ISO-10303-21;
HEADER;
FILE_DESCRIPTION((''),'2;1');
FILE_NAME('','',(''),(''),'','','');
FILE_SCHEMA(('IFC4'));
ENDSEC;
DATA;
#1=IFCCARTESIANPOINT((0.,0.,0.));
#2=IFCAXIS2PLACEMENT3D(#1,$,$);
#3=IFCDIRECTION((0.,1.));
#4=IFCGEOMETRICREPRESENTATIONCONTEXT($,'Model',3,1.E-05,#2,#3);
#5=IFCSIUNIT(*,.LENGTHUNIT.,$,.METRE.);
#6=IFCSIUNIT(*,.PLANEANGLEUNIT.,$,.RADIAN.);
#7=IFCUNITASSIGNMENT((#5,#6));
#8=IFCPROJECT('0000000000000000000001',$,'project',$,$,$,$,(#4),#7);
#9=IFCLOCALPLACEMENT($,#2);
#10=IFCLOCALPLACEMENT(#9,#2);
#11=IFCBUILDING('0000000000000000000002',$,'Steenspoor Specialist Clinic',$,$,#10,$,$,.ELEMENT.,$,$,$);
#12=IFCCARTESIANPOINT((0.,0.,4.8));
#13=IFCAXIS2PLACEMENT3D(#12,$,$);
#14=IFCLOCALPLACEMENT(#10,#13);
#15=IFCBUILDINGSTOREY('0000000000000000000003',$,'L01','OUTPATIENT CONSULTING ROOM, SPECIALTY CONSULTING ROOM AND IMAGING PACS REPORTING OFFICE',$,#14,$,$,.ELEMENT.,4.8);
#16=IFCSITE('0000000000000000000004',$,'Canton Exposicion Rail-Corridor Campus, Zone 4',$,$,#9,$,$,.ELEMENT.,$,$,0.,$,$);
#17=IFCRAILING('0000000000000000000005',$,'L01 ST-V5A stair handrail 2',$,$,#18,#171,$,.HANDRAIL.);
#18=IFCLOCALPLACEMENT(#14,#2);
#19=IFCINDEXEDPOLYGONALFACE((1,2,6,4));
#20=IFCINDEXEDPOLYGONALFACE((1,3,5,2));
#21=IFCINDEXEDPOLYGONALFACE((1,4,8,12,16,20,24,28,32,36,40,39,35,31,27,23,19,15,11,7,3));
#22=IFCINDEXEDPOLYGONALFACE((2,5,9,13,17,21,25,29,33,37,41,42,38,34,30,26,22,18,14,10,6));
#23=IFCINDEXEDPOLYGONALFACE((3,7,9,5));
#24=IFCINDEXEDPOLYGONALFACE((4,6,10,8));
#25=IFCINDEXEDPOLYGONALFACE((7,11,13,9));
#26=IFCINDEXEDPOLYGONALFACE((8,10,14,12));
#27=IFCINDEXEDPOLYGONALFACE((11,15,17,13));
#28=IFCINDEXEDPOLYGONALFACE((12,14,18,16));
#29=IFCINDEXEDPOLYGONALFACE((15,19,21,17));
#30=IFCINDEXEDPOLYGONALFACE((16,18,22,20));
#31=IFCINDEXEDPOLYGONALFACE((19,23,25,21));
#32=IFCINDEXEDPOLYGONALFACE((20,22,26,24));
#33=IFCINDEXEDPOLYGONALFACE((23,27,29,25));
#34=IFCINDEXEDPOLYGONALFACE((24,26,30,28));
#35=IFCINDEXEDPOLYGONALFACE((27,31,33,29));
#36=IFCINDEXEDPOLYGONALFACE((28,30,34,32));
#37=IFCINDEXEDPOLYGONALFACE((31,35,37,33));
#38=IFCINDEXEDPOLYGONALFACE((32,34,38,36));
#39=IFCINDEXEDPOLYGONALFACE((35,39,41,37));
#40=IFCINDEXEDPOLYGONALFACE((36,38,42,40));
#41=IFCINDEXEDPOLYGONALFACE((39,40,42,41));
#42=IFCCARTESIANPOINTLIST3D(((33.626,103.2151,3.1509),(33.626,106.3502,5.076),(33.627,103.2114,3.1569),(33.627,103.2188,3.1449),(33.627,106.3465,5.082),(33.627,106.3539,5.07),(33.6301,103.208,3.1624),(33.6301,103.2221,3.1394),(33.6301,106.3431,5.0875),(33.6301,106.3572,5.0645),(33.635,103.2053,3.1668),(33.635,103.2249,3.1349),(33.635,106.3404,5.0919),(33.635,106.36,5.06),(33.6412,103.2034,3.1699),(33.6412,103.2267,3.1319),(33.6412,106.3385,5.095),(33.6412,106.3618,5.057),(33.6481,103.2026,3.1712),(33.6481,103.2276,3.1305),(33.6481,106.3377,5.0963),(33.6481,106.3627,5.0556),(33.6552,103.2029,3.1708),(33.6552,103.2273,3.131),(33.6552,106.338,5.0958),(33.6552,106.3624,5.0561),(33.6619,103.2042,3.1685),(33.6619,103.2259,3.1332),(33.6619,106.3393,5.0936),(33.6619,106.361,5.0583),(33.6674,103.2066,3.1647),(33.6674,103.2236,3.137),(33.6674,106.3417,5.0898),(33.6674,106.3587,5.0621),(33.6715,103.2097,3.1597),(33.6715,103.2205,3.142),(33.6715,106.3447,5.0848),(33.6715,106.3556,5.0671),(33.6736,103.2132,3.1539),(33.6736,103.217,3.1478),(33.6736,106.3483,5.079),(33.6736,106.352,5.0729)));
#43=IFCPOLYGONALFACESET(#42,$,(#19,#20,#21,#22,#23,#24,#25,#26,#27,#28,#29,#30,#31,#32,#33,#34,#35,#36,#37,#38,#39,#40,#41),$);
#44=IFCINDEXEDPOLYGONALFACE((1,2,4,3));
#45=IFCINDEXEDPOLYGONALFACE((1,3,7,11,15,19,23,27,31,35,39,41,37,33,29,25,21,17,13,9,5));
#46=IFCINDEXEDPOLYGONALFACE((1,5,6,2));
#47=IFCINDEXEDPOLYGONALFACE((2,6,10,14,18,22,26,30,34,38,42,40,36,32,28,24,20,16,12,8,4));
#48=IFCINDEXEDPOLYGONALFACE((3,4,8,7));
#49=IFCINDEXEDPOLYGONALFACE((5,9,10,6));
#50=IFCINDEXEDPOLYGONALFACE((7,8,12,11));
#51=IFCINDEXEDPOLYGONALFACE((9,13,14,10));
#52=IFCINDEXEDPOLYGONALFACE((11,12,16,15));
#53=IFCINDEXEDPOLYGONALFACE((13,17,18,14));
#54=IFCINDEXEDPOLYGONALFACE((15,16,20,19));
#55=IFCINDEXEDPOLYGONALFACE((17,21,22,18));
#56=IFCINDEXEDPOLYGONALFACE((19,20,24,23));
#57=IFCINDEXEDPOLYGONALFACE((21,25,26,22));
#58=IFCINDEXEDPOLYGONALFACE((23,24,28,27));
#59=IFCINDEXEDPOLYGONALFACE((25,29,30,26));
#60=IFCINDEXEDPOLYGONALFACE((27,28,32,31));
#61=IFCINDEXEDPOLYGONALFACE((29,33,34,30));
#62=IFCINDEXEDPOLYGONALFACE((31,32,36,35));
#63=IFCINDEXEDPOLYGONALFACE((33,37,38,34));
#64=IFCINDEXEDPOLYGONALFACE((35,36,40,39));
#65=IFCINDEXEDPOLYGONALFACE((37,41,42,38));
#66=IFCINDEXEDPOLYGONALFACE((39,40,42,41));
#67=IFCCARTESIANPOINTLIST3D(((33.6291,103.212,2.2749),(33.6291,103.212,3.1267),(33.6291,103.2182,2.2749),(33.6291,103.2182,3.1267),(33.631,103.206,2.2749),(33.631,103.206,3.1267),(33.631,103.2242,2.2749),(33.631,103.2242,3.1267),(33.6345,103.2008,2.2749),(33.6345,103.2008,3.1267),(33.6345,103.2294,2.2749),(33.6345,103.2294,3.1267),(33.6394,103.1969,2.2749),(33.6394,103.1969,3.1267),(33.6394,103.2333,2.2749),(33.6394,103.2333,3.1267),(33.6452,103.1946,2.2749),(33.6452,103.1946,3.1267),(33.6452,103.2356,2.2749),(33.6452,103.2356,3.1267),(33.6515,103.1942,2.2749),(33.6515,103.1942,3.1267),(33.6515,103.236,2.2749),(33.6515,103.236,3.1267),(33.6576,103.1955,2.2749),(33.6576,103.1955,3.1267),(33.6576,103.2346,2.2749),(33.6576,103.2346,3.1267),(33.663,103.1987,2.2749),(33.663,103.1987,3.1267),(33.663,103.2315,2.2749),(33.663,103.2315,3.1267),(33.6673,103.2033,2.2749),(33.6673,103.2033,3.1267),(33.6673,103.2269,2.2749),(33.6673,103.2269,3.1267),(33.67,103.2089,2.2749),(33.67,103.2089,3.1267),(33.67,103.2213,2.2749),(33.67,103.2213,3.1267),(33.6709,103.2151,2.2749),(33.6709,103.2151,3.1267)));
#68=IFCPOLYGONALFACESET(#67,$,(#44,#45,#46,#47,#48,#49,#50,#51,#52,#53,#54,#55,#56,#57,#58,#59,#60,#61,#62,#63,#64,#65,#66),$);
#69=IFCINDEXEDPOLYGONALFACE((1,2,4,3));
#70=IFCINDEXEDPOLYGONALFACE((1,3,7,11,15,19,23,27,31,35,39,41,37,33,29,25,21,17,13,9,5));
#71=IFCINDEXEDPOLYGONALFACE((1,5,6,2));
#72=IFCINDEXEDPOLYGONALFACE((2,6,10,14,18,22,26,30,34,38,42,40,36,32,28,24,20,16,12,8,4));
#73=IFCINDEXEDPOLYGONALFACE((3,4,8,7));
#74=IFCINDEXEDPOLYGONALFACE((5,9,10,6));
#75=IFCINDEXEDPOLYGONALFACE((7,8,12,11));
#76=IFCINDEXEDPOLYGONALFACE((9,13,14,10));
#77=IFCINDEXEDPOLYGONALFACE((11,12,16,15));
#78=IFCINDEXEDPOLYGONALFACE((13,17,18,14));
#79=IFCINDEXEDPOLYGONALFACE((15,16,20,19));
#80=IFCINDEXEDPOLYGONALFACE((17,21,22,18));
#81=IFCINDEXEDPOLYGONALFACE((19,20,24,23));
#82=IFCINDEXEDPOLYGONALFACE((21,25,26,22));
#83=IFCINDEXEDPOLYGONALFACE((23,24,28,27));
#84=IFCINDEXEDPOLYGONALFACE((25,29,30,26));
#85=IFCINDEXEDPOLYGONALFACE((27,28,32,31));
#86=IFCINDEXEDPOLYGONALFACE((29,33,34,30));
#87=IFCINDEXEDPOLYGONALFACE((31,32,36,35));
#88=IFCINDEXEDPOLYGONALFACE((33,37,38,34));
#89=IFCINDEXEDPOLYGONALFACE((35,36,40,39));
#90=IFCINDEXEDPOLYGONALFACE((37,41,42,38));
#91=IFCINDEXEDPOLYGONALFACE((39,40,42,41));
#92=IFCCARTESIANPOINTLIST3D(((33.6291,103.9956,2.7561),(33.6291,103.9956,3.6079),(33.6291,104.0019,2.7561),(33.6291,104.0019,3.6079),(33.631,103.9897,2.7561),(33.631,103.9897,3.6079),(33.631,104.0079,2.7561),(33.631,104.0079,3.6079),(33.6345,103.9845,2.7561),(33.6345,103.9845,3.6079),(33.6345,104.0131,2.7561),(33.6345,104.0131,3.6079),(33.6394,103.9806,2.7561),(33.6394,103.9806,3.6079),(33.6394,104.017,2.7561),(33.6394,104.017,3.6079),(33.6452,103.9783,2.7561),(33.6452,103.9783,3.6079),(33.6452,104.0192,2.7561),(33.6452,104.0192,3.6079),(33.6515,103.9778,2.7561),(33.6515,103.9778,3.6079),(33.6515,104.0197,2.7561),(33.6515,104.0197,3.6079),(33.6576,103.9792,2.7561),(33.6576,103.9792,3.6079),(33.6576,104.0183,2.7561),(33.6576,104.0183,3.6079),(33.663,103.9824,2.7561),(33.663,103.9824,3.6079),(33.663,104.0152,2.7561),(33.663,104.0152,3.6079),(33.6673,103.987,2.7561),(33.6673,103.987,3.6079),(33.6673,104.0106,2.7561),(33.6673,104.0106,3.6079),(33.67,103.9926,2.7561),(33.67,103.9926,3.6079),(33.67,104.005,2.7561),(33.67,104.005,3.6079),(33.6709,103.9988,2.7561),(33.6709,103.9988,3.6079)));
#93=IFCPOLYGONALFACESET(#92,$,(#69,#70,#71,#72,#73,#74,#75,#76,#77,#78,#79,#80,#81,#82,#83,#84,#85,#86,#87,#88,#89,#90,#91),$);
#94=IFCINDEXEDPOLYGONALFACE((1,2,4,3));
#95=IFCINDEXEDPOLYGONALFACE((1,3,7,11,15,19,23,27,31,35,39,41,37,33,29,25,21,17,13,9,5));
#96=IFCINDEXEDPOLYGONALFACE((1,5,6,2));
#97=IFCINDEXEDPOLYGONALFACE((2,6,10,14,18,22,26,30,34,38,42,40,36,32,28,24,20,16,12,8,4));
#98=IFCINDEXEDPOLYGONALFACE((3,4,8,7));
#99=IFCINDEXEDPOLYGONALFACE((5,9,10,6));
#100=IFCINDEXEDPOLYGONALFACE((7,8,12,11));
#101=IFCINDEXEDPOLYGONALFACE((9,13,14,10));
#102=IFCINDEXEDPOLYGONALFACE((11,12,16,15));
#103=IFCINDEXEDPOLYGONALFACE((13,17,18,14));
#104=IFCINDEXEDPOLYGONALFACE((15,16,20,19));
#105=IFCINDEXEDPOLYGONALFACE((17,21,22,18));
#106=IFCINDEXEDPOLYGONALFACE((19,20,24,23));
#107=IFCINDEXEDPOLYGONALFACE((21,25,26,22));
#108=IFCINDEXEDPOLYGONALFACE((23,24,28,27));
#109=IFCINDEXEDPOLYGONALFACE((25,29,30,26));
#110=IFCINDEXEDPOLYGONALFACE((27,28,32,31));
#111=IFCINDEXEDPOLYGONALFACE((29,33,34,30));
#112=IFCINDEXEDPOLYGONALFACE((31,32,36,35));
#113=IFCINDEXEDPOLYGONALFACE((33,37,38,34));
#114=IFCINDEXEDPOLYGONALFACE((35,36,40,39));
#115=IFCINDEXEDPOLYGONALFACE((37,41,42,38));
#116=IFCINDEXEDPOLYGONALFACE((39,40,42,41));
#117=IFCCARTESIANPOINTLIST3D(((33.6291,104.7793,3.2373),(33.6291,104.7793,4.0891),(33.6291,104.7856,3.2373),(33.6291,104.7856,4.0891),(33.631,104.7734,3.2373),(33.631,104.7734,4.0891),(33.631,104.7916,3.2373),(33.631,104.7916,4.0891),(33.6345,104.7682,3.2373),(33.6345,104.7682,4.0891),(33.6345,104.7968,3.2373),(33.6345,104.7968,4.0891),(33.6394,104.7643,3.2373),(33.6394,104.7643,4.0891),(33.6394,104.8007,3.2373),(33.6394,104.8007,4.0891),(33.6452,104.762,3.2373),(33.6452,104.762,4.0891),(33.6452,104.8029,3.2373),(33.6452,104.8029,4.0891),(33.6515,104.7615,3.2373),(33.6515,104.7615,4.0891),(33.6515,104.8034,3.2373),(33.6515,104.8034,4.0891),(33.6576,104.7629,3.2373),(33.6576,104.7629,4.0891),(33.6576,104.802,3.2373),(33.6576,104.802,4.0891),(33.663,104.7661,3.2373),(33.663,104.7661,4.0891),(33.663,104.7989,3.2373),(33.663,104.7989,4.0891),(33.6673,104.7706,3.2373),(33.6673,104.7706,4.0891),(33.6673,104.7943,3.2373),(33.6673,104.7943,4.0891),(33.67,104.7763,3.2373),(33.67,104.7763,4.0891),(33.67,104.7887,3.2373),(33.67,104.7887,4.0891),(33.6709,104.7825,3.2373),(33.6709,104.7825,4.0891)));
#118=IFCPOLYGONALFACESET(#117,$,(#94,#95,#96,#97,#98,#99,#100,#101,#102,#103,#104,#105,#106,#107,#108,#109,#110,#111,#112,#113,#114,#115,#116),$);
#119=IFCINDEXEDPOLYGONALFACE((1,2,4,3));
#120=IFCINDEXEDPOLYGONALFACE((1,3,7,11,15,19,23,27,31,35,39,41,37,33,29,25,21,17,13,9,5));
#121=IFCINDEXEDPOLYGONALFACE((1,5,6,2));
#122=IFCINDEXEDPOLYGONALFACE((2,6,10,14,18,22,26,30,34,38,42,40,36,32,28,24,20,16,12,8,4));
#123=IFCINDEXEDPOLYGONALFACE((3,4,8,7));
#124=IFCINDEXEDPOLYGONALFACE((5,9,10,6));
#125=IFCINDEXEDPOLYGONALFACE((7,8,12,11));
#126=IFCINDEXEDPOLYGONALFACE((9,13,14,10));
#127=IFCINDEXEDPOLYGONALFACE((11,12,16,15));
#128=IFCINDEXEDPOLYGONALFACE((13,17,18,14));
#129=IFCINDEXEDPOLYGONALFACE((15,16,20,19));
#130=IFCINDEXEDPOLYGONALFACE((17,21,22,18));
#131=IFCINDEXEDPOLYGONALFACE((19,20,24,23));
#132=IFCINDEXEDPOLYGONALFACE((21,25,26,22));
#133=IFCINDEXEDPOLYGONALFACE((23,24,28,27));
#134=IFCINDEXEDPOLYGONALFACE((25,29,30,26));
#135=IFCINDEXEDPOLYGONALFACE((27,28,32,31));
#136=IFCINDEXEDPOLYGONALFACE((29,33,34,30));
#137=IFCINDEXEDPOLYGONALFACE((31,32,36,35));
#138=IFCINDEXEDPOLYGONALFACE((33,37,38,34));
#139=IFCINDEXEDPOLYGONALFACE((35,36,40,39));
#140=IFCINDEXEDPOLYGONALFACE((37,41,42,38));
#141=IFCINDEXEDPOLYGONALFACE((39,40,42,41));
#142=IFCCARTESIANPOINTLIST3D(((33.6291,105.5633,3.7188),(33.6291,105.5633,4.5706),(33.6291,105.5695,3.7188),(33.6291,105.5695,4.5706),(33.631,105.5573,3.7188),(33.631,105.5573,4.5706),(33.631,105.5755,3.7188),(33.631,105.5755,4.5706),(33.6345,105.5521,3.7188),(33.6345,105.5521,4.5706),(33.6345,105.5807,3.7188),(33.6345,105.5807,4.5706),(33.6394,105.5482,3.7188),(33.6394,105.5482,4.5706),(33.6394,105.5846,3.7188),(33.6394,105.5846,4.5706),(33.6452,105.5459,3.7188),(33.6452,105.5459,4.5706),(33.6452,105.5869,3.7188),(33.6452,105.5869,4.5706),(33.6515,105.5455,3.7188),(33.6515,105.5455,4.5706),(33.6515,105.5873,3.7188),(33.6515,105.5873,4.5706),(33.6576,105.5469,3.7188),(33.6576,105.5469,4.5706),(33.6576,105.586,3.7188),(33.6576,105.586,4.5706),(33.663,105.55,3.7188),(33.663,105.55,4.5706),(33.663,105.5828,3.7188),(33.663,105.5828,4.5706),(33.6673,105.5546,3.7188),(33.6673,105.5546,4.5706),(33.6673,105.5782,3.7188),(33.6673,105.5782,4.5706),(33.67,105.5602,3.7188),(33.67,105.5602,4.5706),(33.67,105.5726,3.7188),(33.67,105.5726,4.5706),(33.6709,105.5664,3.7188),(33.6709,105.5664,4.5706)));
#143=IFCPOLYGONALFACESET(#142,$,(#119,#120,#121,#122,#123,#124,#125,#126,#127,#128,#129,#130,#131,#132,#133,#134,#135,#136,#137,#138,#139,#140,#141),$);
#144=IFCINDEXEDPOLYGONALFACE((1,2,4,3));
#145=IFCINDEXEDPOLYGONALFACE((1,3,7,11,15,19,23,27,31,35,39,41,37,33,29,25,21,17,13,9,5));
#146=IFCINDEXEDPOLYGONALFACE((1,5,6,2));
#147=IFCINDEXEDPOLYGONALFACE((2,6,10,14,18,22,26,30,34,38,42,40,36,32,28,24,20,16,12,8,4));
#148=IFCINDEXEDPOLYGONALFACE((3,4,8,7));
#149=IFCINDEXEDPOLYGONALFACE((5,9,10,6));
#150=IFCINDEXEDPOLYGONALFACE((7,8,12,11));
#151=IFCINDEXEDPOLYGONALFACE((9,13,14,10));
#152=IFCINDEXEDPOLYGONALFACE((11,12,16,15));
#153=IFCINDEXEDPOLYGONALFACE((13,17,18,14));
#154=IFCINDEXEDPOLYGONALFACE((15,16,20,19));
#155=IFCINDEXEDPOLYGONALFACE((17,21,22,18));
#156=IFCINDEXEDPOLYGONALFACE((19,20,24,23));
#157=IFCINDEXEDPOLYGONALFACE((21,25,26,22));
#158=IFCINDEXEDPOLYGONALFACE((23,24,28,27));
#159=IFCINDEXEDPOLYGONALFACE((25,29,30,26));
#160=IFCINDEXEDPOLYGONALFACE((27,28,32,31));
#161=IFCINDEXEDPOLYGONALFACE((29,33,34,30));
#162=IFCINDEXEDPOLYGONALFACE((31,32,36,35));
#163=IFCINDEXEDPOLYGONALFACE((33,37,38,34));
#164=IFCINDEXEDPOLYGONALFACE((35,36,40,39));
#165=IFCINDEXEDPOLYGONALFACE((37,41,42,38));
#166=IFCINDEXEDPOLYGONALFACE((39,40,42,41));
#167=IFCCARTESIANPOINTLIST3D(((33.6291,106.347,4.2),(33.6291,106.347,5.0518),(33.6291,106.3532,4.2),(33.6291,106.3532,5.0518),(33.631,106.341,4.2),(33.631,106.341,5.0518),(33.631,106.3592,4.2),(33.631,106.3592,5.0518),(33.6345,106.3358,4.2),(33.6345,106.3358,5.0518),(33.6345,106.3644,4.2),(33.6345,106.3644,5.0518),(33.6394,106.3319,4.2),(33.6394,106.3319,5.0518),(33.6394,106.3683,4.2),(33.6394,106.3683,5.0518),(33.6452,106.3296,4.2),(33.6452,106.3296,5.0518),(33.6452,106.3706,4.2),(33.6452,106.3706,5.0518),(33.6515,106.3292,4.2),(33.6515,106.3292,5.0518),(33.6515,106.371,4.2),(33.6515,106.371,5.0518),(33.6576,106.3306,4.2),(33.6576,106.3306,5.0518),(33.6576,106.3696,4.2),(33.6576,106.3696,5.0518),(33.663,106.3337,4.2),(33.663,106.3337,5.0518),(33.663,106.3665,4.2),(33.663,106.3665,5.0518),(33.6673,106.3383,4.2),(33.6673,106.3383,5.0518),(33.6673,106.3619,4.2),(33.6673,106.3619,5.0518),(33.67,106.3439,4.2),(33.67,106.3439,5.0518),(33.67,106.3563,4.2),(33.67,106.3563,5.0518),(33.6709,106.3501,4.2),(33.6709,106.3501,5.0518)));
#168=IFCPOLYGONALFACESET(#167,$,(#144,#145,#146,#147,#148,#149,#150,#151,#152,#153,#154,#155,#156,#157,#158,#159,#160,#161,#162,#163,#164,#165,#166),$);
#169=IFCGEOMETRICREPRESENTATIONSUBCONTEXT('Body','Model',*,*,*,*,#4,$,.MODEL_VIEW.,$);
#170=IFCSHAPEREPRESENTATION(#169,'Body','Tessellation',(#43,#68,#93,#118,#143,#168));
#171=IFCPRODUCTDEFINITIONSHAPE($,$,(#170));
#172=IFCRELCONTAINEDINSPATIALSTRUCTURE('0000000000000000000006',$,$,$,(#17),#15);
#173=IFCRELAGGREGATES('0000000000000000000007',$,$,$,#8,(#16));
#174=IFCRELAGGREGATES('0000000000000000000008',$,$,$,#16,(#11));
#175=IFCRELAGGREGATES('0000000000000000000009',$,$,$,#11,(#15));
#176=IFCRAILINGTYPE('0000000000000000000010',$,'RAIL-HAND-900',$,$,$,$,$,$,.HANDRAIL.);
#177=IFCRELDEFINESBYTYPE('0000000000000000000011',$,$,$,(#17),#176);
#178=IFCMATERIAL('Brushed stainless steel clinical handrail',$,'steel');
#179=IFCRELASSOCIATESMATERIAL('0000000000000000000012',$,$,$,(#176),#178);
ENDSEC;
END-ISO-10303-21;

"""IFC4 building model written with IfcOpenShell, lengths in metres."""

from ifc_helpers import new_model, si_unit, direction, frame, origin, origin_2d, place, context, subcontext, project, spatial, circle, extrude, material, type_object, element, save


model = new_model("IFC4")

# Units and contexts
model_context = context("Model", 3, precision=1e-05, world=origin(), true_north=direction((0.0, 1.0)))
body_context = subcontext(model_context, "Body", "Model", "MODEL_VIEW")
ifc_project = project(units=[si_unit("LENGTHUNIT", "METRE"), si_unit("PLANEANGLEUNIT", "RADIAN")], contexts=[model_context])

# Site, building, storey
site_placement = place(None, origin())
site = spatial("IfcSite", under=ifc_project, at=site_placement, Name="Canton Exposicion Rail-Corridor Campus, Zone 4", CompositionType="ELEMENT", RefElevation=0.0)
building_placement = place(site_placement, origin())
building = spatial("IfcBuilding", under=site, at=building_placement, Name="Steenspoor Specialist Clinic", CompositionType="ELEMENT")
storey_placement = place(building_placement, frame((0.0, 0.0, 4.8)))
storey = spatial("IfcBuildingStorey", under=building, at=storey_placement, Name="L01", Description="OUTPATIENT CONSULTING ROOM, SPECIALTY CONSULTING ROOM AND IMAGING PACS REPORTING OFFICE", CompositionType="ELEMENT", Elevation=4.8)

# Railing
ifc_material_1 = material(Name="Brushed stainless steel clinical handrail", Category="steel")
railing_type_1 = type_object("IfcRailingType", Name="RAIL-HAND-900", PredefinedType="HANDRAIL", material=ifc_material_1)
railing_1_placement = place(storey_placement, frame((33.6499, 103.2151, 2.2749)))
element("IfcRailing", 1, at=railing_1_placement, inside=storey, type_object=railing_type_1, Name="L01 ST-V5A stair handrail 2", PredefinedType="HANDRAIL", context=body_context, shape_type="SweptSolid", body=[
    extrude(circle(Radius=0.0239, at=origin_2d()), frame((0.0, 0.0, 0.876), z_axis=(0.0, 0.852166, 0.523271), x_axis=(-1.0, 0.0, 0.0)), (0.0, 0.0, 1.0), 3.679),
    extrude(circle(Radius=0.021, at=origin_2d()), origin(), (0.0, 0.0, 1.0), 0.8518),
    extrude(circle(Radius=0.021, at=origin_2d()), frame((0.0, 0.7837, 0.4812)), (0.0, 0.0, 1.0), 0.8518),
    extrude(circle(Radius=0.021, at=origin_2d()), frame((0.0, 1.5674, 0.9624)), (0.0, 0.0, 1.0), 0.8518),
    extrude(circle(Radius=0.021, at=origin_2d()), frame((0.0, 2.3513, 1.4438)), (0.0, 0.0, 1.0), 0.8518),
    extrude(circle(Radius=0.021, at=origin_2d()), frame((0.0, 3.135, 1.925)), (0.0, 0.0, 1.0), 0.8518),
])

save(model, "model.ifc")
